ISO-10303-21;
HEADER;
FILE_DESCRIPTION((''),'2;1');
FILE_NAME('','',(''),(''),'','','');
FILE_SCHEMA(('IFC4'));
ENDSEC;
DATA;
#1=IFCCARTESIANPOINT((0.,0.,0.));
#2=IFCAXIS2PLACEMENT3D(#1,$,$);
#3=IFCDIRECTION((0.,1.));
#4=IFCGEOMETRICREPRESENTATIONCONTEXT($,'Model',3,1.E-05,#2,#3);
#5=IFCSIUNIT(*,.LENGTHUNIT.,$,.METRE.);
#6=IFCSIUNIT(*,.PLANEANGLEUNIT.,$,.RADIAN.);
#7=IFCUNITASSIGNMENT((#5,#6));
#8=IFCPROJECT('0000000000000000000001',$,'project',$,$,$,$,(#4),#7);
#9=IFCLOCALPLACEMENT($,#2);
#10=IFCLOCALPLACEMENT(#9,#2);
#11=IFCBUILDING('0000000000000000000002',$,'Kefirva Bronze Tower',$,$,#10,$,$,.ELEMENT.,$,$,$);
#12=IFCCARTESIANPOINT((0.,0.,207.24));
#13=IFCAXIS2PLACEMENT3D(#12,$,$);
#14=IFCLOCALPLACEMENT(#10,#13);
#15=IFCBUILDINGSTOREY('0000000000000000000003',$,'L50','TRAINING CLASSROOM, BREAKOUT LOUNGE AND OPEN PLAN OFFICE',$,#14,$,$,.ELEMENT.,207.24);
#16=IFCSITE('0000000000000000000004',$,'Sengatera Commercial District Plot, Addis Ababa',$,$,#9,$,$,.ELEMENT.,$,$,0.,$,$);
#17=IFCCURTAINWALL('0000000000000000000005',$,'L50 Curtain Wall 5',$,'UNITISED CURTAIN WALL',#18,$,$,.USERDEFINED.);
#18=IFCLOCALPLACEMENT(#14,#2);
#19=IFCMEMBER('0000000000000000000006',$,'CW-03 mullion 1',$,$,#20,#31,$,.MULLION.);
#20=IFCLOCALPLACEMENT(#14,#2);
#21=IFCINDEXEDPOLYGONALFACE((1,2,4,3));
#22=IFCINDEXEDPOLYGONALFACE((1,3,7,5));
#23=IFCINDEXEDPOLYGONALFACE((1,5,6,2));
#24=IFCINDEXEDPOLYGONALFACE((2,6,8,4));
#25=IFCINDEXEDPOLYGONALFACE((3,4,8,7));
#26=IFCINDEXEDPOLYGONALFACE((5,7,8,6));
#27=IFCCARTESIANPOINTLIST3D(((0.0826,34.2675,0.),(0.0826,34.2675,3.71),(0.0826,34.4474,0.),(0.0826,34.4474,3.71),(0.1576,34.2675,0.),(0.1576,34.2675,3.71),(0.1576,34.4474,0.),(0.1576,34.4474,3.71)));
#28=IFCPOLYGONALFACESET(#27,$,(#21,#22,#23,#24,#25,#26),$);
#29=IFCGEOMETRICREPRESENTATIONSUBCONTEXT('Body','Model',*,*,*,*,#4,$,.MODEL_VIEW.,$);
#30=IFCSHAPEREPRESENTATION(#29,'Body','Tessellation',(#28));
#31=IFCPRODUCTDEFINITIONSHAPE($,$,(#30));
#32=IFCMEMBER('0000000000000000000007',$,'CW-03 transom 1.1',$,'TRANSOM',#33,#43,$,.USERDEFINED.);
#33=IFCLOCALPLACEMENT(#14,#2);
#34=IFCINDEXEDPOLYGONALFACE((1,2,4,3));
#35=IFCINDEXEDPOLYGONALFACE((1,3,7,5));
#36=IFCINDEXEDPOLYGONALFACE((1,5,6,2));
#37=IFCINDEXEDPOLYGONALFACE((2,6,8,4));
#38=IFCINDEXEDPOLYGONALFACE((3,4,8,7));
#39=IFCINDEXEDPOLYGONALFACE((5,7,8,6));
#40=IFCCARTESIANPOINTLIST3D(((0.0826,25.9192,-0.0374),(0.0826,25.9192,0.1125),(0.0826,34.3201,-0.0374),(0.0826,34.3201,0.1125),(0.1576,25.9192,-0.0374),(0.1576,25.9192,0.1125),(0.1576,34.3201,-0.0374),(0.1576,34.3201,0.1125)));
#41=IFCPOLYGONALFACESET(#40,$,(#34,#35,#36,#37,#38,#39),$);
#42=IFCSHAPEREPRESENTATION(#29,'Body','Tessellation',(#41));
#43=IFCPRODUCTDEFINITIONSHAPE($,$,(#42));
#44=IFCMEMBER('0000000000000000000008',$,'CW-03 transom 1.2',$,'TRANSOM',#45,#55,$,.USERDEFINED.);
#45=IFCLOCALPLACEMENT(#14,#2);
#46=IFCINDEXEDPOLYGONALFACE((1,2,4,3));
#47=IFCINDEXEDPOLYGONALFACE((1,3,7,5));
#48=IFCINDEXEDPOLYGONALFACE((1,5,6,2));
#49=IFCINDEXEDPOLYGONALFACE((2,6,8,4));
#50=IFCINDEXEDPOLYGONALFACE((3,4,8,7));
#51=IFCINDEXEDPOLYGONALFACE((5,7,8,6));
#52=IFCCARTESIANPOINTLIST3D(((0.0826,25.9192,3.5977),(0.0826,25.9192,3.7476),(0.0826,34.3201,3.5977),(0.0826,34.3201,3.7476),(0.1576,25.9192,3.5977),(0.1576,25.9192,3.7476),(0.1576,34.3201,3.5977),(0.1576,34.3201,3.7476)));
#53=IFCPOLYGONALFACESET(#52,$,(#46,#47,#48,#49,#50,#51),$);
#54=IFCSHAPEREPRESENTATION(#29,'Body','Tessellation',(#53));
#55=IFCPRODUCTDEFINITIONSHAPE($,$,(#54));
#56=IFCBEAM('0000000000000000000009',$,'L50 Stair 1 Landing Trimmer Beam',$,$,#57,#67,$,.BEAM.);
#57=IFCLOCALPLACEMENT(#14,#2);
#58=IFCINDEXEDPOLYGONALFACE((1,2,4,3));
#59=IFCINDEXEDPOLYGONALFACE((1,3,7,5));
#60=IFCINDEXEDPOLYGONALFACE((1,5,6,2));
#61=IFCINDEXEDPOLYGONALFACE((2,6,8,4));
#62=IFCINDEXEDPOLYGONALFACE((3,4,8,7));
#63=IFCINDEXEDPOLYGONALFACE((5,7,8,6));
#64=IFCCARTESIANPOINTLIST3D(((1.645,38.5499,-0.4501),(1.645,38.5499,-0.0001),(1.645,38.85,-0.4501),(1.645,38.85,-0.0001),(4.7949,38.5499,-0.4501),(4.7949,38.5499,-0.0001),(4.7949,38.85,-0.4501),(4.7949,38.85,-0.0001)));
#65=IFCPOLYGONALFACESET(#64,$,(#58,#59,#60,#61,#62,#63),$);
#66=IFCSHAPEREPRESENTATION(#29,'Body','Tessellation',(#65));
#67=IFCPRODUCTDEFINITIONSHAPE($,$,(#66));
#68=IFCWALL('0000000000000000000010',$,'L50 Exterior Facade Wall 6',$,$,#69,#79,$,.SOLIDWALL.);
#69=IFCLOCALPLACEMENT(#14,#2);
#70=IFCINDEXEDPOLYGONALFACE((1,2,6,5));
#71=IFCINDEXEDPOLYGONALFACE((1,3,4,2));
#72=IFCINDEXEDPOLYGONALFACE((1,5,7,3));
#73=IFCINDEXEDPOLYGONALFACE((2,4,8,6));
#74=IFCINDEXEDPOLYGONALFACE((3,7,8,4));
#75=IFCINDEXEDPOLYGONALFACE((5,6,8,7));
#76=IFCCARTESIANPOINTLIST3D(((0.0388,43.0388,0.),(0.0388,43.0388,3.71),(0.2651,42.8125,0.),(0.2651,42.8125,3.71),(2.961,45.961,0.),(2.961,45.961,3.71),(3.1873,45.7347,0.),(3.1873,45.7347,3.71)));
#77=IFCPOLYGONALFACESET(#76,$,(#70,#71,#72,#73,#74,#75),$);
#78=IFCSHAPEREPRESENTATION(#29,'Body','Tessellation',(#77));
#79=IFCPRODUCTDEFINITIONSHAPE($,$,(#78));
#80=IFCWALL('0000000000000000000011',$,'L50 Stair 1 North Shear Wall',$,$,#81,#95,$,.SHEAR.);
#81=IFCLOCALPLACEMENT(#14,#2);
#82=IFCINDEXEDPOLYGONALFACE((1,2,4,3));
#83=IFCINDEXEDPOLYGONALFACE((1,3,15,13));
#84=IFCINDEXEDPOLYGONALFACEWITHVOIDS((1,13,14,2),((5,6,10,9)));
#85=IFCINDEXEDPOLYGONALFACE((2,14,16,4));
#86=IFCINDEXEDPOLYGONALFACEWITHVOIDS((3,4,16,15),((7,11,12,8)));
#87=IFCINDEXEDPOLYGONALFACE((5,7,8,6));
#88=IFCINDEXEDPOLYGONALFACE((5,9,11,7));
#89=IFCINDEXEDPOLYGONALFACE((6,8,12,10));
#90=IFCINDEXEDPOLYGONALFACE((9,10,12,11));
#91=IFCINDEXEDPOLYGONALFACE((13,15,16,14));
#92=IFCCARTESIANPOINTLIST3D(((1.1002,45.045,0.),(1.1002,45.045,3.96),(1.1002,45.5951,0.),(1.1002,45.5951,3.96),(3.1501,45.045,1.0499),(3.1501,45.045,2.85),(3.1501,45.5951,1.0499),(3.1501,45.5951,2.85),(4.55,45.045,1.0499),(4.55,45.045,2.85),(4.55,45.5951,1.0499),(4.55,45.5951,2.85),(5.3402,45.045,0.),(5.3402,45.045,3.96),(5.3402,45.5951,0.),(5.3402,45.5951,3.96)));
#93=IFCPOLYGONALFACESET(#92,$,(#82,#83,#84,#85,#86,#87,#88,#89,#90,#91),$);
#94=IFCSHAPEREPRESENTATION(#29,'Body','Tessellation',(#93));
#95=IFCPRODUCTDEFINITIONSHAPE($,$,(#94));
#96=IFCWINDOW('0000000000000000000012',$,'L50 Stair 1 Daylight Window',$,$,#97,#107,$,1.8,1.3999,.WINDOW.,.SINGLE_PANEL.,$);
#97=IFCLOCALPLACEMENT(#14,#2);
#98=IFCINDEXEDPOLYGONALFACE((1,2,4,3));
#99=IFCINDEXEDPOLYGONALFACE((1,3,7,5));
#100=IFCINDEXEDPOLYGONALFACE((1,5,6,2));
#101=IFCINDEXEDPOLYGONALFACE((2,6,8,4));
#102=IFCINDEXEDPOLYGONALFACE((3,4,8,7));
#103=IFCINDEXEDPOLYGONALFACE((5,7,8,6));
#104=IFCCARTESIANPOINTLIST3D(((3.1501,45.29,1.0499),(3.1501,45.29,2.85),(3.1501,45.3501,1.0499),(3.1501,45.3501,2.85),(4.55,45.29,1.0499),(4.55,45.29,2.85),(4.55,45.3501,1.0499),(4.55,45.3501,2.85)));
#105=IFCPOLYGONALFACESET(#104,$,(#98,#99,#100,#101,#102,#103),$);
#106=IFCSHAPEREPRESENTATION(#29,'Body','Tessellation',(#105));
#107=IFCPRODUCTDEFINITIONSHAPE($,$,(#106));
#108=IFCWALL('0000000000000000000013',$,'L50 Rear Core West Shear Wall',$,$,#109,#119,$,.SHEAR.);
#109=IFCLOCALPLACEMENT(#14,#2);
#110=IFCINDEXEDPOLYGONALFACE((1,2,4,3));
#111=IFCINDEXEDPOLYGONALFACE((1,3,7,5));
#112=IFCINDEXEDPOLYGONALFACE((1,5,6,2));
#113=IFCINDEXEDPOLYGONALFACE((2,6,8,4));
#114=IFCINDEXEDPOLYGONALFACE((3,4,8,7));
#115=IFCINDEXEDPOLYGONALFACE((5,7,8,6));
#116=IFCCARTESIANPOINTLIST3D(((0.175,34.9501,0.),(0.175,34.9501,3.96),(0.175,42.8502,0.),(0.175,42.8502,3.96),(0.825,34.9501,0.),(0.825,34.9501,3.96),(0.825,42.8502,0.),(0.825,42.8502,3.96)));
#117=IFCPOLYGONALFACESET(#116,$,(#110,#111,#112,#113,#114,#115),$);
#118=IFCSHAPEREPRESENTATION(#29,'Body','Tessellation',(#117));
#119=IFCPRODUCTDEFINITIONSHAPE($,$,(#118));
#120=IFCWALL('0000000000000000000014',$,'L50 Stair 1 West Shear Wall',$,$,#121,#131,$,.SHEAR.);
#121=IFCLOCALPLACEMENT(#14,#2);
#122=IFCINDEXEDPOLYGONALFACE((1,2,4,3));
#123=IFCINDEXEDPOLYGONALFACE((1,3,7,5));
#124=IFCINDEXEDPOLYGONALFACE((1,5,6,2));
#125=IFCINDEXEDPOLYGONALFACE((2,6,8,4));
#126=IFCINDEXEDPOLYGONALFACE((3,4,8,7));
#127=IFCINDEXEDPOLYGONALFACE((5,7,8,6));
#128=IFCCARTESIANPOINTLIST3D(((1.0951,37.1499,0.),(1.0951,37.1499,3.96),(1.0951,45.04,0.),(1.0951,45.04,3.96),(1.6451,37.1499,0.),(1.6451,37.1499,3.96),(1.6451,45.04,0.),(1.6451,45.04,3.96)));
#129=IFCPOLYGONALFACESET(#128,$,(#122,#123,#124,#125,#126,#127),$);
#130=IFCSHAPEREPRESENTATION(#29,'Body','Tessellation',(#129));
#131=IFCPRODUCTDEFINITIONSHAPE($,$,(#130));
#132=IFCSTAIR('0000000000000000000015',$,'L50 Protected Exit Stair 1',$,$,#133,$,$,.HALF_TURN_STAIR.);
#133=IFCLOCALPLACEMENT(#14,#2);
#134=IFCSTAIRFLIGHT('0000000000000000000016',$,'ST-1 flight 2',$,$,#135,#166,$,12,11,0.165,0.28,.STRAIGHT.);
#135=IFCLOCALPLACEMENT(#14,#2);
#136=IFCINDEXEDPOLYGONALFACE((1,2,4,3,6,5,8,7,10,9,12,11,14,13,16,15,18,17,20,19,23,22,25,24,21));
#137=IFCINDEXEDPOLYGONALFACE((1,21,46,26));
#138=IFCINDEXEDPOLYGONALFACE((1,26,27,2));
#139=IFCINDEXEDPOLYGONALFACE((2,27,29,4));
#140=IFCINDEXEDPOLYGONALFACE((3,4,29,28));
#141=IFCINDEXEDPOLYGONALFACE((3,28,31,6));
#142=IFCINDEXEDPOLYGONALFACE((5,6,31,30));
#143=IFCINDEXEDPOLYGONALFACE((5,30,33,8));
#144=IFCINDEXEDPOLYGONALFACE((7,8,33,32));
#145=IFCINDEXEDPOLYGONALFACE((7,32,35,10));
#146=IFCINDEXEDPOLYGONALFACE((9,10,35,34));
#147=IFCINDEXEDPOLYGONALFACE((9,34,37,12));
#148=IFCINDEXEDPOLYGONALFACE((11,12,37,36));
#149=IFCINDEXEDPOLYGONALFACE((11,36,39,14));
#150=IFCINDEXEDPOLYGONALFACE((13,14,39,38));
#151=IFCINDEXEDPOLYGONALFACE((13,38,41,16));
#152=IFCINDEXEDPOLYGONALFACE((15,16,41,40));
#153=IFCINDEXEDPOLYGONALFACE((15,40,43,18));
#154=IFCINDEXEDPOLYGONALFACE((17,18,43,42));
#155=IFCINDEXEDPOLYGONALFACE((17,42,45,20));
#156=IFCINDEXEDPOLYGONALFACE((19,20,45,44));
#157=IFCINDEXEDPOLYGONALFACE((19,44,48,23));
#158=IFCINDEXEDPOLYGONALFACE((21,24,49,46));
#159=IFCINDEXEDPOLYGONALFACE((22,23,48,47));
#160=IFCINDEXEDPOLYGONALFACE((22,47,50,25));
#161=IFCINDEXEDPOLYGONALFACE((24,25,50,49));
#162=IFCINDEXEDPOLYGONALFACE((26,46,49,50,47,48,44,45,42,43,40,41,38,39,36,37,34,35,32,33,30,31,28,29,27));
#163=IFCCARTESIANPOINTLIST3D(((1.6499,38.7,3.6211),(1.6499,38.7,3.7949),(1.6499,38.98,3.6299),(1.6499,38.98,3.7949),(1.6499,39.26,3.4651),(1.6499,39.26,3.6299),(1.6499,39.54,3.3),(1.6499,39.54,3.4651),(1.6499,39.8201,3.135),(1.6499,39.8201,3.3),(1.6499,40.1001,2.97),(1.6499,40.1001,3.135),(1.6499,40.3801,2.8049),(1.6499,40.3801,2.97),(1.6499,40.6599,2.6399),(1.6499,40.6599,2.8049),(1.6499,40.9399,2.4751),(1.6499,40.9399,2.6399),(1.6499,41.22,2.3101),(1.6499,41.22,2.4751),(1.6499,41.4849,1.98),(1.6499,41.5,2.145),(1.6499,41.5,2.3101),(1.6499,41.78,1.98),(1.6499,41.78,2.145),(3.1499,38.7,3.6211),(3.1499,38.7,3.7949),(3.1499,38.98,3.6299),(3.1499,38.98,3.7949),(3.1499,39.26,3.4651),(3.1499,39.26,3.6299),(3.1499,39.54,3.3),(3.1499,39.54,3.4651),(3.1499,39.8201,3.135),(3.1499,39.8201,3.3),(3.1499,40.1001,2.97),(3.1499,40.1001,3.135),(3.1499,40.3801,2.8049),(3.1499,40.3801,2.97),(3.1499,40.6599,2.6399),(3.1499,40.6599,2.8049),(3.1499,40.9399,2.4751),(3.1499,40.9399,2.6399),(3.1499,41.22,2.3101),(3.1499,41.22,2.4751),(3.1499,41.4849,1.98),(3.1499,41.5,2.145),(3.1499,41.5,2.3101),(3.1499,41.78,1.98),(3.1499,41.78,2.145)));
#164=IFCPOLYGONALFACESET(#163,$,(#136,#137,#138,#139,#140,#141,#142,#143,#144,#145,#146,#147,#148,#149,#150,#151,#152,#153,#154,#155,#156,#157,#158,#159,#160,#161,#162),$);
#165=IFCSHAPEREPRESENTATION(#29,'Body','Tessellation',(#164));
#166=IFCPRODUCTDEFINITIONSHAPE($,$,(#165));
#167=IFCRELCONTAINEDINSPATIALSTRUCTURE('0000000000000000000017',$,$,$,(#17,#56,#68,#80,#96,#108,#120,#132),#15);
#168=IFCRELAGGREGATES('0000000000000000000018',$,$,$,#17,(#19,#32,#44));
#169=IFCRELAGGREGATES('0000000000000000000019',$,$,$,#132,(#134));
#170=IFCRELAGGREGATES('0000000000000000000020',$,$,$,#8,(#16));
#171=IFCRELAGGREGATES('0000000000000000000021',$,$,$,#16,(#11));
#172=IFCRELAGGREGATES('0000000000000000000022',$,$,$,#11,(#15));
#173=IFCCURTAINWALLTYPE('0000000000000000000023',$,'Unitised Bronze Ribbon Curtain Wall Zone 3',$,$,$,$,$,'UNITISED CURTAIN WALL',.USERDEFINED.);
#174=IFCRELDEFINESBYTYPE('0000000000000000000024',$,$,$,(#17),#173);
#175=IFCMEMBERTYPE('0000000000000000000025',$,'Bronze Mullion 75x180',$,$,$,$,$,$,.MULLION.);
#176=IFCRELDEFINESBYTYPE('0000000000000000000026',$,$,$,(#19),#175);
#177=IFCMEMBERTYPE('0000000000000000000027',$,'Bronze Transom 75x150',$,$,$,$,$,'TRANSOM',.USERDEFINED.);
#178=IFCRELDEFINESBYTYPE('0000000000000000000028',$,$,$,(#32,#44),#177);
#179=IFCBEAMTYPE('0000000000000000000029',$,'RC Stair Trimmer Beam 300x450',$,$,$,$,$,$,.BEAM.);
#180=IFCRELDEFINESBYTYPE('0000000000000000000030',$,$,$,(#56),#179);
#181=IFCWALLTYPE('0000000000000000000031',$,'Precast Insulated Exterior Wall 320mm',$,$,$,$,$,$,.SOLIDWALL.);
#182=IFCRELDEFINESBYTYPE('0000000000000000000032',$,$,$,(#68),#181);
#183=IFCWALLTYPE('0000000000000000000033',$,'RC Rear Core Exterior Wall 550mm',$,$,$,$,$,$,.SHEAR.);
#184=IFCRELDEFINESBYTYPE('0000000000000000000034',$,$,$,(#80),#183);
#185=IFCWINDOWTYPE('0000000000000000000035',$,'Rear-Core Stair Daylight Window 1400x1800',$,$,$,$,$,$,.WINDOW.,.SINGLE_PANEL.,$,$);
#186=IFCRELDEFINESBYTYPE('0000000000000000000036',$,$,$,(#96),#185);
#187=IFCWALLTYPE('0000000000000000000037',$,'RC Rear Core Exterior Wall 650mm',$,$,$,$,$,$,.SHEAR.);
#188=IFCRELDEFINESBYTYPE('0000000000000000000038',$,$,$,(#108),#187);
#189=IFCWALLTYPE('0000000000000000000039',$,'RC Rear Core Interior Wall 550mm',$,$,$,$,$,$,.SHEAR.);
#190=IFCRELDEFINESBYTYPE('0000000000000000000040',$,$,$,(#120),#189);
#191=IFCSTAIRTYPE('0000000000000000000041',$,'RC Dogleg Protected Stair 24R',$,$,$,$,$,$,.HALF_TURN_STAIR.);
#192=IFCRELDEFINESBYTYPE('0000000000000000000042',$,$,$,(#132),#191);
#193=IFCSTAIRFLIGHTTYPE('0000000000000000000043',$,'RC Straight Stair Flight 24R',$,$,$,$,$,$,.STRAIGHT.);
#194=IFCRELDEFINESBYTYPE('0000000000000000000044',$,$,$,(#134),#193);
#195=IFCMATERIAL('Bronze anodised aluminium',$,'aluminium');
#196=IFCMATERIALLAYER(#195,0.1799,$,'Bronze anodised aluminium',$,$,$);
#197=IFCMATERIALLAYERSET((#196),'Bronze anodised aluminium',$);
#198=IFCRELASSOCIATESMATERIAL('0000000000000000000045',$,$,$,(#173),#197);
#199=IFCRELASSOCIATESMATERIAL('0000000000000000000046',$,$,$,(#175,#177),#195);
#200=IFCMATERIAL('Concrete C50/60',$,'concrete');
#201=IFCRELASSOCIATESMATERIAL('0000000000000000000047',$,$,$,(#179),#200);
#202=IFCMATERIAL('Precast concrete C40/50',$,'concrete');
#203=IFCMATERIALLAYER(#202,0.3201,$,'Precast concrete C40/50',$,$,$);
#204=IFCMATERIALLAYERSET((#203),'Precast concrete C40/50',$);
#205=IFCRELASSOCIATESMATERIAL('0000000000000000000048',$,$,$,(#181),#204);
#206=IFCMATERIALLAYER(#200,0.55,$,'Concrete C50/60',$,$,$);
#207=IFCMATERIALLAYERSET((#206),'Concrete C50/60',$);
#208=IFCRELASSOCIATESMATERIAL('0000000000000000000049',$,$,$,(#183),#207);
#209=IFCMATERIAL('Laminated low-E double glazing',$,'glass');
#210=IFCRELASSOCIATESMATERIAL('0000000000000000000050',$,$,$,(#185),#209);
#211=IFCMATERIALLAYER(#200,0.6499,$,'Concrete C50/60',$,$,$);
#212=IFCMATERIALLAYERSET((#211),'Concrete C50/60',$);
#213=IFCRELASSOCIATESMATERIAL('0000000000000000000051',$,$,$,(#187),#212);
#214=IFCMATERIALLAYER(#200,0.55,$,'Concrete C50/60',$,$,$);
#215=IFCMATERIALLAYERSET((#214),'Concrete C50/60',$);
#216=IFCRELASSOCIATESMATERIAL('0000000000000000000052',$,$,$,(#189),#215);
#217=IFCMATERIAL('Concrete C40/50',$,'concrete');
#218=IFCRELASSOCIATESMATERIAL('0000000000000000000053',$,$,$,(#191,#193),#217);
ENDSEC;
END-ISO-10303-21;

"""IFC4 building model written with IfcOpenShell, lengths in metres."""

from ifc_helpers import new_model, si_unit, direction, frame, frame_2d, origin, origin_2d, place, context, subcontext, project, spatial, polyline, rectangle, outline, extrude, material, layer, layer_set, material_profile, profile_set, type_object, element, fill, aggregate, save


model = new_model("IFC4")

# Units and contexts
model_context = context("Model", 3, precision=1e-05, world=origin(), true_north=direction((0.0, 1.0)))
body_context = subcontext(model_context, "Body", "Model", "MODEL_VIEW")
ifc_project = project(units=[si_unit("LENGTHUNIT", "METRE"), si_unit("PLANEANGLEUNIT", "RADIAN")], contexts=[model_context])

# Site, building, storey
site_placement = place(None, origin())
site = spatial("IfcSite", under=ifc_project, at=site_placement, Name="Sengatera Commercial District Plot, Addis Ababa", CompositionType="ELEMENT", RefElevation=0.0)
building_placement = place(site_placement, origin())
building = spatial("IfcBuilding", under=site, at=building_placement, Name="Kefirva Bronze Tower", CompositionType="ELEMENT")
storey_placement = place(building_placement, frame((0.0, 0.0, 207.24)))
storey = spatial("IfcBuildingStorey", under=building, at=storey_placement, Name="L50", Description="TRAINING CLASSROOM, BREAKOUT LOUNGE AND OPEN PLAN OFFICE", CompositionType="ELEMENT", Elevation=207.24)

# Curtain wall, members
ifc_material_1 = material(Name="Bronze anodised aluminium", Category="aluminium")
ifc_layer_1 = layer(ifc_material_1, 0.1799, Name="Bronze anodised aluminium")
ifc_layer_set_1 = layer_set([ifc_layer_1], Name="Bronze anodised aluminium")
curtain_wall_type = type_object("IfcCurtainWallType", Name="Unitised Bronze Ribbon Curtain Wall Zone 3", ElementType="UNITISED CURTAIN WALL", PredefinedType="USERDEFINED", material=ifc_layer_set_1)
curtain_wall_placement = place(storey_placement, origin())
curtain_wall = element("IfcCurtainWall", 1, at=curtain_wall_placement, inside=storey, type_object=curtain_wall_type, Name="L50 Curtain Wall 5", ObjectType="UNITISED CURTAIN WALL", PredefinedType="USERDEFINED")
ifc_material_profile_1 = material_profile(ifc_material_1, rectangle(XDim=0.075, YDim=0.1799, at=origin_2d()), Name="ALU 75x180")
ifc_profile_set_1 = profile_set([ifc_material_profile_1], Name="Bronze anodised aluminium")
member_type_1 = type_object("IfcMemberType", Name="Bronze Mullion 75x180", PredefinedType="MULLION", material=ifc_profile_set_1)
member_1_placement = place(storey_placement, frame((0.1201, 34.3574, 0.0), z_axis=(0.0, 0.0, 1.0), x_axis=(1.0, 0.0, 0.0)))
member_1 = element("IfcMember", 2, at=member_1_placement, type_object=member_type_1, Name="CW-03 mullion 1", PredefinedType="MULLION", context=body_context, shape_type="SweptSolid", body=[
    extrude(rectangle(XDim=0.075, YDim=0.1799, at=origin_2d()), origin(), (0.0, 0.0, 1.0), 3.71),
])
ifc_material_profile_2 = material_profile(ifc_material_1, rectangle(XDim=0.075, YDim=0.1499, at=origin_2d()), Name="ALU 75x150")
ifc_profile_set_2 = profile_set([ifc_material_profile_2], Name="Bronze anodised aluminium")
member_type_2 = type_object("IfcMemberType", Name="Bronze Transom 75x150", ElementType="TRANSOM", PredefinedType="USERDEFINED", material=ifc_profile_set_2)
member_2_placement = place(storey_placement, frame((0.1201, 34.3201, 0.0376), z_axis=(0.0, -1.0, 0.0), x_axis=(1.0, 0.0, 0.0)))
member_2 = element("IfcMember", 3, at=member_2_placement, type_object=member_type_2, Name="CW-03 transom 1.1", ObjectType="TRANSOM", PredefinedType="USERDEFINED", context=body_context, shape_type="SweptSolid", body=[
    extrude(rectangle(XDim=0.075, YDim=0.1499, at=origin_2d()), origin(), (0.0, 0.0, 1.0), 8.4009),
])
member_3_placement = place(storey_placement, frame((0.1201, 34.3201, 3.6726), z_axis=(0.0, -1.0, 0.0), x_axis=(1.0, 0.0, 0.0)))
member_3 = element("IfcMember", 4, at=member_3_placement, type_object=member_type_2, Name="CW-03 transom 1.2", ObjectType="TRANSOM", PredefinedType="USERDEFINED", context=body_context, shape_type="SweptSolid", body=[
    extrude(rectangle(XDim=0.075, YDim=0.1499, at=origin_2d()), origin(), (0.0, 0.0, 1.0), 8.4009),
])
aggregate(curtain_wall, [member_1, member_2, member_3])

# Beam
ifc_material_2 = material(Name="Concrete C50/60", Category="concrete")
ifc_material_profile_3 = material_profile(ifc_material_2, rectangle(XDim=0.3, YDim=0.45, at=origin_2d()), Name="RC 300x450")
ifc_profile_set_3 = profile_set([ifc_material_profile_3], Name="Concrete C50/60")
beam_type = type_object("IfcBeamType", Name="RC Stair Trimmer Beam 300x450", PredefinedType="BEAM", material=ifc_profile_set_3)
beam_placement = place(storey_placement, frame((1.645, 38.7, -0.2251), z_axis=(1.0, 0.0, 0.0), x_axis=(0.0, 1.0, 0.0)))
element("IfcBeam", 5, at=beam_placement, inside=storey, type_object=beam_type, Name="L50 Stair 1 Landing Trimmer Beam", PredefinedType="BEAM", context=body_context, shape_type="SweptSolid", body=[
    extrude(rectangle(XDim=0.3, YDim=0.45, at=origin_2d()), origin(), (0.0, 0.0, 1.0), 3.1499),
])

# Wall
ifc_material_3 = material(Name="Precast concrete C40/50", Category="concrete")
ifc_layer_2 = layer(ifc_material_3, 0.3201, Name="Precast concrete C40/50")
ifc_layer_set_2 = layer_set([ifc_layer_2], Name="Precast concrete C40/50")
wall_type_1 = type_object("IfcWallType", Name="Precast Insulated Exterior Wall 320mm", PredefinedType="SOLIDWALL", material=ifc_layer_set_2)
wall_1_placement = place(storey_placement, frame((3.0742, 45.8479, 0.0), z_axis=(0.0, 0.0, 1.0), x_axis=(-0.707107, -0.707107, 0.0)))
element("IfcWall", 6, at=wall_1_placement, inside=storey, type_object=wall_type_1, Name="L50 Exterior Facade Wall 6", PredefinedType="SOLIDWALL", context=body_context, shape_type="SweptSolid", body=[
    extrude(rectangle(XDim=4.1326, YDim=0.3201, at=frame_2d((2.0664, 0.0))), origin(), (0.0, 0.0, 1.0), 3.71),
])

# Wall, opening, window
ifc_layer_3 = layer(ifc_material_2, 0.55, Name="Concrete C50/60")
ifc_layer_set_3 = layer_set([ifc_layer_3], Name="Concrete C50/60")
wall_type_2 = type_object("IfcWallType", Name="RC Rear Core Exterior Wall 550mm", PredefinedType="SHEAR", material=ifc_layer_set_3)
wall_2_placement = place(storey_placement, frame((1.1001, 45.3201, 0.0), z_axis=(0.0, 0.0, 1.0), x_axis=(1.0, 0.0, 0.0)))
wall_2 = element("IfcWall", 7, at=wall_2_placement, inside=storey, type_object=wall_type_2, Name="L50 Stair 1 North Shear Wall", PredefinedType="SHEAR", context=body_context, shape_type="SweptSolid", body=[
    extrude(rectangle(XDim=4.24, YDim=0.55, at=frame_2d((2.1201, 0.0))), origin(), (0.0, 0.0, 1.0), 3.96),
])
opening_1_placement = place(wall_2_placement, frame((2.05, 0.0, 1.05)))
opening_1 = element("IfcOpeningElement", 8, at=opening_1_placement, cuts=wall_2, PredefinedType="OPENING", context=body_context, shape_type="SweptSolid", body=[
    extrude(rectangle(XDim=1.3999, YDim=1.8, at=frame_2d((0.7, 0.8999))), frame((0.0, 0.2852, 0.0), z_axis=(0.0, -1.0, 0.0), x_axis=(1.0, 0.0, 0.0)), (0.0, 0.0, 1.0), 0.5701),
])
ifc_material_4 = material(Name="Laminated low-E double glazing", Category="glass")
window_type = type_object("IfcWindowType", Name="Rear-Core Stair Daylight Window 1400x1800", PartitioningType="SINGLE_PANEL", PredefinedType="WINDOW", material=ifc_material_4)
window_placement = place(opening_1_placement, origin())
window = element("IfcWindow", 9, at=window_placement, inside=storey, type_object=window_type, Name="L50 Stair 1 Daylight Window", OverallHeight=1.8, OverallWidth=1.3999, PartitioningType="SINGLE_PANEL", PredefinedType="WINDOW", context=body_context, shape_type="SweptSolid", body=[
    extrude(rectangle(XDim=1.3999, YDim=1.8, at=frame_2d((0.7, 0.8999))), frame((0.0, 0.03, 0.0), z_axis=(0.0, -1.0, 0.0), x_axis=(1.0, 0.0, 0.0)), (0.0, 0.0, 1.0), 0.0601),
])
fill(opening_1, window)

# Walls
ifc_layer_4 = layer(ifc_material_2, 0.6499, Name="Concrete C50/60")
ifc_layer_set_4 = layer_set([ifc_layer_4], Name="Concrete C50/60")
wall_type_3 = type_object("IfcWallType", Name="RC Rear Core Exterior Wall 650mm", PredefinedType="SHEAR", material=ifc_layer_set_4)
wall_3_placement = place(storey_placement, frame((0.5, 34.95, 0.0), z_axis=(0.0, 0.0, 1.0), x_axis=(0.0, 1.0, 0.0)))
element("IfcWall", 10, at=wall_3_placement, inside=storey, type_object=wall_type_3, Name="L50 Rear Core West Shear Wall", PredefinedType="SHEAR", context=body_context, shape_type="SweptSolid", body=[
    extrude(rectangle(XDim=7.9001, YDim=0.6499, at=frame_2d((3.9502, 0.0))), origin(), (0.0, 0.0, 1.0), 3.96),
])
ifc_layer_5 = layer(ifc_material_2, 0.55, Name="Concrete C50/60")
ifc_layer_set_5 = layer_set([ifc_layer_5], Name="Concrete C50/60")
wall_type_4 = type_object("IfcWallType", Name="RC Rear Core Interior Wall 550mm", PredefinedType="SHEAR", material=ifc_layer_set_5)
wall_4_placement = place(storey_placement, frame((1.3701, 37.1499, 0.0), z_axis=(0.0, 0.0, 1.0), x_axis=(0.0, 1.0, 0.0)))
element("IfcWall", 11, at=wall_4_placement, inside=storey, type_object=wall_type_4, Name="L50 Stair 1 West Shear Wall", PredefinedType="SHEAR", context=body_context, shape_type="SweptSolid", body=[
    extrude(rectangle(XDim=7.8901, YDim=0.55, at=frame_2d((3.9451, 0.0))), origin(), (0.0, 0.0, 1.0), 3.96),
])

# Stair, stair flight
ifc_material_5 = material(Name="Concrete C40/50", Category="concrete")
stair_type = type_object("IfcStairType", Name="RC Dogleg Protected Stair 24R", PredefinedType="HALF_TURN_STAIR", material=ifc_material_5)
stair_placement = place(storey_placement, origin())
stair = element("IfcStair", 12, at=stair_placement, inside=storey, type_object=stair_type, Name="L50 Protected Exit Stair 1", PredefinedType="HALF_TURN_STAIR")
stair_flight_type = type_object("IfcStairFlightType", Name="RC Straight Stair Flight 24R", PredefinedType="STRAIGHT", material=ifc_material_5)
stair_flight_placement = place(storey_placement, frame((2.3999, 41.78, 1.98), z_axis=(0.0, 0.0, 1.0), x_axis=(0.0, -1.0, 0.0)))
stair_flight = element("IfcStairFlight", 13, at=stair_flight_placement, type_object=stair_flight_type, Name="ST-1 flight 2", NumberOfRisers=12, NumberOfTreads=11, PredefinedType="STRAIGHT", RiserHeight=0.165, TreadLength=0.28, context=body_context, shape_type="SweptSolid", body=[
    extrude(outline(polyline([(0.0, 0.0), (0.0, 0.165), (0.28, 0.165), (0.28, 0.3301), (0.5601, 0.3301), (0.5601, 0.4951), (0.8401, 0.4951), (0.8401, 0.6599), (1.1201, 0.6599), (1.1201, 0.825), (1.3999, 0.825), (1.3999, 0.99), (1.6799, 0.99), (1.6799, 1.155), (1.96, 1.155), (1.96, 1.3201), (2.24, 1.3201), (2.24, 1.4851), (2.52, 1.4851), (2.52, 1.6499), (2.8, 1.6499), (2.8, 1.8149), (3.0801, 1.8149), (3.0801, 1.98), (3.0801, 1.6411), (0.2952, 0.0), (0.0, 0.0)])), frame((0.0, 0.75, 0.0), z_axis=(0.0, -1.0, 0.0), x_axis=(1.0, 0.0, 0.0)), (0.0, 0.0, 1.0), 1.5),
])
aggregate(stair, [stair_flight])

save(model, "model.ifc")
